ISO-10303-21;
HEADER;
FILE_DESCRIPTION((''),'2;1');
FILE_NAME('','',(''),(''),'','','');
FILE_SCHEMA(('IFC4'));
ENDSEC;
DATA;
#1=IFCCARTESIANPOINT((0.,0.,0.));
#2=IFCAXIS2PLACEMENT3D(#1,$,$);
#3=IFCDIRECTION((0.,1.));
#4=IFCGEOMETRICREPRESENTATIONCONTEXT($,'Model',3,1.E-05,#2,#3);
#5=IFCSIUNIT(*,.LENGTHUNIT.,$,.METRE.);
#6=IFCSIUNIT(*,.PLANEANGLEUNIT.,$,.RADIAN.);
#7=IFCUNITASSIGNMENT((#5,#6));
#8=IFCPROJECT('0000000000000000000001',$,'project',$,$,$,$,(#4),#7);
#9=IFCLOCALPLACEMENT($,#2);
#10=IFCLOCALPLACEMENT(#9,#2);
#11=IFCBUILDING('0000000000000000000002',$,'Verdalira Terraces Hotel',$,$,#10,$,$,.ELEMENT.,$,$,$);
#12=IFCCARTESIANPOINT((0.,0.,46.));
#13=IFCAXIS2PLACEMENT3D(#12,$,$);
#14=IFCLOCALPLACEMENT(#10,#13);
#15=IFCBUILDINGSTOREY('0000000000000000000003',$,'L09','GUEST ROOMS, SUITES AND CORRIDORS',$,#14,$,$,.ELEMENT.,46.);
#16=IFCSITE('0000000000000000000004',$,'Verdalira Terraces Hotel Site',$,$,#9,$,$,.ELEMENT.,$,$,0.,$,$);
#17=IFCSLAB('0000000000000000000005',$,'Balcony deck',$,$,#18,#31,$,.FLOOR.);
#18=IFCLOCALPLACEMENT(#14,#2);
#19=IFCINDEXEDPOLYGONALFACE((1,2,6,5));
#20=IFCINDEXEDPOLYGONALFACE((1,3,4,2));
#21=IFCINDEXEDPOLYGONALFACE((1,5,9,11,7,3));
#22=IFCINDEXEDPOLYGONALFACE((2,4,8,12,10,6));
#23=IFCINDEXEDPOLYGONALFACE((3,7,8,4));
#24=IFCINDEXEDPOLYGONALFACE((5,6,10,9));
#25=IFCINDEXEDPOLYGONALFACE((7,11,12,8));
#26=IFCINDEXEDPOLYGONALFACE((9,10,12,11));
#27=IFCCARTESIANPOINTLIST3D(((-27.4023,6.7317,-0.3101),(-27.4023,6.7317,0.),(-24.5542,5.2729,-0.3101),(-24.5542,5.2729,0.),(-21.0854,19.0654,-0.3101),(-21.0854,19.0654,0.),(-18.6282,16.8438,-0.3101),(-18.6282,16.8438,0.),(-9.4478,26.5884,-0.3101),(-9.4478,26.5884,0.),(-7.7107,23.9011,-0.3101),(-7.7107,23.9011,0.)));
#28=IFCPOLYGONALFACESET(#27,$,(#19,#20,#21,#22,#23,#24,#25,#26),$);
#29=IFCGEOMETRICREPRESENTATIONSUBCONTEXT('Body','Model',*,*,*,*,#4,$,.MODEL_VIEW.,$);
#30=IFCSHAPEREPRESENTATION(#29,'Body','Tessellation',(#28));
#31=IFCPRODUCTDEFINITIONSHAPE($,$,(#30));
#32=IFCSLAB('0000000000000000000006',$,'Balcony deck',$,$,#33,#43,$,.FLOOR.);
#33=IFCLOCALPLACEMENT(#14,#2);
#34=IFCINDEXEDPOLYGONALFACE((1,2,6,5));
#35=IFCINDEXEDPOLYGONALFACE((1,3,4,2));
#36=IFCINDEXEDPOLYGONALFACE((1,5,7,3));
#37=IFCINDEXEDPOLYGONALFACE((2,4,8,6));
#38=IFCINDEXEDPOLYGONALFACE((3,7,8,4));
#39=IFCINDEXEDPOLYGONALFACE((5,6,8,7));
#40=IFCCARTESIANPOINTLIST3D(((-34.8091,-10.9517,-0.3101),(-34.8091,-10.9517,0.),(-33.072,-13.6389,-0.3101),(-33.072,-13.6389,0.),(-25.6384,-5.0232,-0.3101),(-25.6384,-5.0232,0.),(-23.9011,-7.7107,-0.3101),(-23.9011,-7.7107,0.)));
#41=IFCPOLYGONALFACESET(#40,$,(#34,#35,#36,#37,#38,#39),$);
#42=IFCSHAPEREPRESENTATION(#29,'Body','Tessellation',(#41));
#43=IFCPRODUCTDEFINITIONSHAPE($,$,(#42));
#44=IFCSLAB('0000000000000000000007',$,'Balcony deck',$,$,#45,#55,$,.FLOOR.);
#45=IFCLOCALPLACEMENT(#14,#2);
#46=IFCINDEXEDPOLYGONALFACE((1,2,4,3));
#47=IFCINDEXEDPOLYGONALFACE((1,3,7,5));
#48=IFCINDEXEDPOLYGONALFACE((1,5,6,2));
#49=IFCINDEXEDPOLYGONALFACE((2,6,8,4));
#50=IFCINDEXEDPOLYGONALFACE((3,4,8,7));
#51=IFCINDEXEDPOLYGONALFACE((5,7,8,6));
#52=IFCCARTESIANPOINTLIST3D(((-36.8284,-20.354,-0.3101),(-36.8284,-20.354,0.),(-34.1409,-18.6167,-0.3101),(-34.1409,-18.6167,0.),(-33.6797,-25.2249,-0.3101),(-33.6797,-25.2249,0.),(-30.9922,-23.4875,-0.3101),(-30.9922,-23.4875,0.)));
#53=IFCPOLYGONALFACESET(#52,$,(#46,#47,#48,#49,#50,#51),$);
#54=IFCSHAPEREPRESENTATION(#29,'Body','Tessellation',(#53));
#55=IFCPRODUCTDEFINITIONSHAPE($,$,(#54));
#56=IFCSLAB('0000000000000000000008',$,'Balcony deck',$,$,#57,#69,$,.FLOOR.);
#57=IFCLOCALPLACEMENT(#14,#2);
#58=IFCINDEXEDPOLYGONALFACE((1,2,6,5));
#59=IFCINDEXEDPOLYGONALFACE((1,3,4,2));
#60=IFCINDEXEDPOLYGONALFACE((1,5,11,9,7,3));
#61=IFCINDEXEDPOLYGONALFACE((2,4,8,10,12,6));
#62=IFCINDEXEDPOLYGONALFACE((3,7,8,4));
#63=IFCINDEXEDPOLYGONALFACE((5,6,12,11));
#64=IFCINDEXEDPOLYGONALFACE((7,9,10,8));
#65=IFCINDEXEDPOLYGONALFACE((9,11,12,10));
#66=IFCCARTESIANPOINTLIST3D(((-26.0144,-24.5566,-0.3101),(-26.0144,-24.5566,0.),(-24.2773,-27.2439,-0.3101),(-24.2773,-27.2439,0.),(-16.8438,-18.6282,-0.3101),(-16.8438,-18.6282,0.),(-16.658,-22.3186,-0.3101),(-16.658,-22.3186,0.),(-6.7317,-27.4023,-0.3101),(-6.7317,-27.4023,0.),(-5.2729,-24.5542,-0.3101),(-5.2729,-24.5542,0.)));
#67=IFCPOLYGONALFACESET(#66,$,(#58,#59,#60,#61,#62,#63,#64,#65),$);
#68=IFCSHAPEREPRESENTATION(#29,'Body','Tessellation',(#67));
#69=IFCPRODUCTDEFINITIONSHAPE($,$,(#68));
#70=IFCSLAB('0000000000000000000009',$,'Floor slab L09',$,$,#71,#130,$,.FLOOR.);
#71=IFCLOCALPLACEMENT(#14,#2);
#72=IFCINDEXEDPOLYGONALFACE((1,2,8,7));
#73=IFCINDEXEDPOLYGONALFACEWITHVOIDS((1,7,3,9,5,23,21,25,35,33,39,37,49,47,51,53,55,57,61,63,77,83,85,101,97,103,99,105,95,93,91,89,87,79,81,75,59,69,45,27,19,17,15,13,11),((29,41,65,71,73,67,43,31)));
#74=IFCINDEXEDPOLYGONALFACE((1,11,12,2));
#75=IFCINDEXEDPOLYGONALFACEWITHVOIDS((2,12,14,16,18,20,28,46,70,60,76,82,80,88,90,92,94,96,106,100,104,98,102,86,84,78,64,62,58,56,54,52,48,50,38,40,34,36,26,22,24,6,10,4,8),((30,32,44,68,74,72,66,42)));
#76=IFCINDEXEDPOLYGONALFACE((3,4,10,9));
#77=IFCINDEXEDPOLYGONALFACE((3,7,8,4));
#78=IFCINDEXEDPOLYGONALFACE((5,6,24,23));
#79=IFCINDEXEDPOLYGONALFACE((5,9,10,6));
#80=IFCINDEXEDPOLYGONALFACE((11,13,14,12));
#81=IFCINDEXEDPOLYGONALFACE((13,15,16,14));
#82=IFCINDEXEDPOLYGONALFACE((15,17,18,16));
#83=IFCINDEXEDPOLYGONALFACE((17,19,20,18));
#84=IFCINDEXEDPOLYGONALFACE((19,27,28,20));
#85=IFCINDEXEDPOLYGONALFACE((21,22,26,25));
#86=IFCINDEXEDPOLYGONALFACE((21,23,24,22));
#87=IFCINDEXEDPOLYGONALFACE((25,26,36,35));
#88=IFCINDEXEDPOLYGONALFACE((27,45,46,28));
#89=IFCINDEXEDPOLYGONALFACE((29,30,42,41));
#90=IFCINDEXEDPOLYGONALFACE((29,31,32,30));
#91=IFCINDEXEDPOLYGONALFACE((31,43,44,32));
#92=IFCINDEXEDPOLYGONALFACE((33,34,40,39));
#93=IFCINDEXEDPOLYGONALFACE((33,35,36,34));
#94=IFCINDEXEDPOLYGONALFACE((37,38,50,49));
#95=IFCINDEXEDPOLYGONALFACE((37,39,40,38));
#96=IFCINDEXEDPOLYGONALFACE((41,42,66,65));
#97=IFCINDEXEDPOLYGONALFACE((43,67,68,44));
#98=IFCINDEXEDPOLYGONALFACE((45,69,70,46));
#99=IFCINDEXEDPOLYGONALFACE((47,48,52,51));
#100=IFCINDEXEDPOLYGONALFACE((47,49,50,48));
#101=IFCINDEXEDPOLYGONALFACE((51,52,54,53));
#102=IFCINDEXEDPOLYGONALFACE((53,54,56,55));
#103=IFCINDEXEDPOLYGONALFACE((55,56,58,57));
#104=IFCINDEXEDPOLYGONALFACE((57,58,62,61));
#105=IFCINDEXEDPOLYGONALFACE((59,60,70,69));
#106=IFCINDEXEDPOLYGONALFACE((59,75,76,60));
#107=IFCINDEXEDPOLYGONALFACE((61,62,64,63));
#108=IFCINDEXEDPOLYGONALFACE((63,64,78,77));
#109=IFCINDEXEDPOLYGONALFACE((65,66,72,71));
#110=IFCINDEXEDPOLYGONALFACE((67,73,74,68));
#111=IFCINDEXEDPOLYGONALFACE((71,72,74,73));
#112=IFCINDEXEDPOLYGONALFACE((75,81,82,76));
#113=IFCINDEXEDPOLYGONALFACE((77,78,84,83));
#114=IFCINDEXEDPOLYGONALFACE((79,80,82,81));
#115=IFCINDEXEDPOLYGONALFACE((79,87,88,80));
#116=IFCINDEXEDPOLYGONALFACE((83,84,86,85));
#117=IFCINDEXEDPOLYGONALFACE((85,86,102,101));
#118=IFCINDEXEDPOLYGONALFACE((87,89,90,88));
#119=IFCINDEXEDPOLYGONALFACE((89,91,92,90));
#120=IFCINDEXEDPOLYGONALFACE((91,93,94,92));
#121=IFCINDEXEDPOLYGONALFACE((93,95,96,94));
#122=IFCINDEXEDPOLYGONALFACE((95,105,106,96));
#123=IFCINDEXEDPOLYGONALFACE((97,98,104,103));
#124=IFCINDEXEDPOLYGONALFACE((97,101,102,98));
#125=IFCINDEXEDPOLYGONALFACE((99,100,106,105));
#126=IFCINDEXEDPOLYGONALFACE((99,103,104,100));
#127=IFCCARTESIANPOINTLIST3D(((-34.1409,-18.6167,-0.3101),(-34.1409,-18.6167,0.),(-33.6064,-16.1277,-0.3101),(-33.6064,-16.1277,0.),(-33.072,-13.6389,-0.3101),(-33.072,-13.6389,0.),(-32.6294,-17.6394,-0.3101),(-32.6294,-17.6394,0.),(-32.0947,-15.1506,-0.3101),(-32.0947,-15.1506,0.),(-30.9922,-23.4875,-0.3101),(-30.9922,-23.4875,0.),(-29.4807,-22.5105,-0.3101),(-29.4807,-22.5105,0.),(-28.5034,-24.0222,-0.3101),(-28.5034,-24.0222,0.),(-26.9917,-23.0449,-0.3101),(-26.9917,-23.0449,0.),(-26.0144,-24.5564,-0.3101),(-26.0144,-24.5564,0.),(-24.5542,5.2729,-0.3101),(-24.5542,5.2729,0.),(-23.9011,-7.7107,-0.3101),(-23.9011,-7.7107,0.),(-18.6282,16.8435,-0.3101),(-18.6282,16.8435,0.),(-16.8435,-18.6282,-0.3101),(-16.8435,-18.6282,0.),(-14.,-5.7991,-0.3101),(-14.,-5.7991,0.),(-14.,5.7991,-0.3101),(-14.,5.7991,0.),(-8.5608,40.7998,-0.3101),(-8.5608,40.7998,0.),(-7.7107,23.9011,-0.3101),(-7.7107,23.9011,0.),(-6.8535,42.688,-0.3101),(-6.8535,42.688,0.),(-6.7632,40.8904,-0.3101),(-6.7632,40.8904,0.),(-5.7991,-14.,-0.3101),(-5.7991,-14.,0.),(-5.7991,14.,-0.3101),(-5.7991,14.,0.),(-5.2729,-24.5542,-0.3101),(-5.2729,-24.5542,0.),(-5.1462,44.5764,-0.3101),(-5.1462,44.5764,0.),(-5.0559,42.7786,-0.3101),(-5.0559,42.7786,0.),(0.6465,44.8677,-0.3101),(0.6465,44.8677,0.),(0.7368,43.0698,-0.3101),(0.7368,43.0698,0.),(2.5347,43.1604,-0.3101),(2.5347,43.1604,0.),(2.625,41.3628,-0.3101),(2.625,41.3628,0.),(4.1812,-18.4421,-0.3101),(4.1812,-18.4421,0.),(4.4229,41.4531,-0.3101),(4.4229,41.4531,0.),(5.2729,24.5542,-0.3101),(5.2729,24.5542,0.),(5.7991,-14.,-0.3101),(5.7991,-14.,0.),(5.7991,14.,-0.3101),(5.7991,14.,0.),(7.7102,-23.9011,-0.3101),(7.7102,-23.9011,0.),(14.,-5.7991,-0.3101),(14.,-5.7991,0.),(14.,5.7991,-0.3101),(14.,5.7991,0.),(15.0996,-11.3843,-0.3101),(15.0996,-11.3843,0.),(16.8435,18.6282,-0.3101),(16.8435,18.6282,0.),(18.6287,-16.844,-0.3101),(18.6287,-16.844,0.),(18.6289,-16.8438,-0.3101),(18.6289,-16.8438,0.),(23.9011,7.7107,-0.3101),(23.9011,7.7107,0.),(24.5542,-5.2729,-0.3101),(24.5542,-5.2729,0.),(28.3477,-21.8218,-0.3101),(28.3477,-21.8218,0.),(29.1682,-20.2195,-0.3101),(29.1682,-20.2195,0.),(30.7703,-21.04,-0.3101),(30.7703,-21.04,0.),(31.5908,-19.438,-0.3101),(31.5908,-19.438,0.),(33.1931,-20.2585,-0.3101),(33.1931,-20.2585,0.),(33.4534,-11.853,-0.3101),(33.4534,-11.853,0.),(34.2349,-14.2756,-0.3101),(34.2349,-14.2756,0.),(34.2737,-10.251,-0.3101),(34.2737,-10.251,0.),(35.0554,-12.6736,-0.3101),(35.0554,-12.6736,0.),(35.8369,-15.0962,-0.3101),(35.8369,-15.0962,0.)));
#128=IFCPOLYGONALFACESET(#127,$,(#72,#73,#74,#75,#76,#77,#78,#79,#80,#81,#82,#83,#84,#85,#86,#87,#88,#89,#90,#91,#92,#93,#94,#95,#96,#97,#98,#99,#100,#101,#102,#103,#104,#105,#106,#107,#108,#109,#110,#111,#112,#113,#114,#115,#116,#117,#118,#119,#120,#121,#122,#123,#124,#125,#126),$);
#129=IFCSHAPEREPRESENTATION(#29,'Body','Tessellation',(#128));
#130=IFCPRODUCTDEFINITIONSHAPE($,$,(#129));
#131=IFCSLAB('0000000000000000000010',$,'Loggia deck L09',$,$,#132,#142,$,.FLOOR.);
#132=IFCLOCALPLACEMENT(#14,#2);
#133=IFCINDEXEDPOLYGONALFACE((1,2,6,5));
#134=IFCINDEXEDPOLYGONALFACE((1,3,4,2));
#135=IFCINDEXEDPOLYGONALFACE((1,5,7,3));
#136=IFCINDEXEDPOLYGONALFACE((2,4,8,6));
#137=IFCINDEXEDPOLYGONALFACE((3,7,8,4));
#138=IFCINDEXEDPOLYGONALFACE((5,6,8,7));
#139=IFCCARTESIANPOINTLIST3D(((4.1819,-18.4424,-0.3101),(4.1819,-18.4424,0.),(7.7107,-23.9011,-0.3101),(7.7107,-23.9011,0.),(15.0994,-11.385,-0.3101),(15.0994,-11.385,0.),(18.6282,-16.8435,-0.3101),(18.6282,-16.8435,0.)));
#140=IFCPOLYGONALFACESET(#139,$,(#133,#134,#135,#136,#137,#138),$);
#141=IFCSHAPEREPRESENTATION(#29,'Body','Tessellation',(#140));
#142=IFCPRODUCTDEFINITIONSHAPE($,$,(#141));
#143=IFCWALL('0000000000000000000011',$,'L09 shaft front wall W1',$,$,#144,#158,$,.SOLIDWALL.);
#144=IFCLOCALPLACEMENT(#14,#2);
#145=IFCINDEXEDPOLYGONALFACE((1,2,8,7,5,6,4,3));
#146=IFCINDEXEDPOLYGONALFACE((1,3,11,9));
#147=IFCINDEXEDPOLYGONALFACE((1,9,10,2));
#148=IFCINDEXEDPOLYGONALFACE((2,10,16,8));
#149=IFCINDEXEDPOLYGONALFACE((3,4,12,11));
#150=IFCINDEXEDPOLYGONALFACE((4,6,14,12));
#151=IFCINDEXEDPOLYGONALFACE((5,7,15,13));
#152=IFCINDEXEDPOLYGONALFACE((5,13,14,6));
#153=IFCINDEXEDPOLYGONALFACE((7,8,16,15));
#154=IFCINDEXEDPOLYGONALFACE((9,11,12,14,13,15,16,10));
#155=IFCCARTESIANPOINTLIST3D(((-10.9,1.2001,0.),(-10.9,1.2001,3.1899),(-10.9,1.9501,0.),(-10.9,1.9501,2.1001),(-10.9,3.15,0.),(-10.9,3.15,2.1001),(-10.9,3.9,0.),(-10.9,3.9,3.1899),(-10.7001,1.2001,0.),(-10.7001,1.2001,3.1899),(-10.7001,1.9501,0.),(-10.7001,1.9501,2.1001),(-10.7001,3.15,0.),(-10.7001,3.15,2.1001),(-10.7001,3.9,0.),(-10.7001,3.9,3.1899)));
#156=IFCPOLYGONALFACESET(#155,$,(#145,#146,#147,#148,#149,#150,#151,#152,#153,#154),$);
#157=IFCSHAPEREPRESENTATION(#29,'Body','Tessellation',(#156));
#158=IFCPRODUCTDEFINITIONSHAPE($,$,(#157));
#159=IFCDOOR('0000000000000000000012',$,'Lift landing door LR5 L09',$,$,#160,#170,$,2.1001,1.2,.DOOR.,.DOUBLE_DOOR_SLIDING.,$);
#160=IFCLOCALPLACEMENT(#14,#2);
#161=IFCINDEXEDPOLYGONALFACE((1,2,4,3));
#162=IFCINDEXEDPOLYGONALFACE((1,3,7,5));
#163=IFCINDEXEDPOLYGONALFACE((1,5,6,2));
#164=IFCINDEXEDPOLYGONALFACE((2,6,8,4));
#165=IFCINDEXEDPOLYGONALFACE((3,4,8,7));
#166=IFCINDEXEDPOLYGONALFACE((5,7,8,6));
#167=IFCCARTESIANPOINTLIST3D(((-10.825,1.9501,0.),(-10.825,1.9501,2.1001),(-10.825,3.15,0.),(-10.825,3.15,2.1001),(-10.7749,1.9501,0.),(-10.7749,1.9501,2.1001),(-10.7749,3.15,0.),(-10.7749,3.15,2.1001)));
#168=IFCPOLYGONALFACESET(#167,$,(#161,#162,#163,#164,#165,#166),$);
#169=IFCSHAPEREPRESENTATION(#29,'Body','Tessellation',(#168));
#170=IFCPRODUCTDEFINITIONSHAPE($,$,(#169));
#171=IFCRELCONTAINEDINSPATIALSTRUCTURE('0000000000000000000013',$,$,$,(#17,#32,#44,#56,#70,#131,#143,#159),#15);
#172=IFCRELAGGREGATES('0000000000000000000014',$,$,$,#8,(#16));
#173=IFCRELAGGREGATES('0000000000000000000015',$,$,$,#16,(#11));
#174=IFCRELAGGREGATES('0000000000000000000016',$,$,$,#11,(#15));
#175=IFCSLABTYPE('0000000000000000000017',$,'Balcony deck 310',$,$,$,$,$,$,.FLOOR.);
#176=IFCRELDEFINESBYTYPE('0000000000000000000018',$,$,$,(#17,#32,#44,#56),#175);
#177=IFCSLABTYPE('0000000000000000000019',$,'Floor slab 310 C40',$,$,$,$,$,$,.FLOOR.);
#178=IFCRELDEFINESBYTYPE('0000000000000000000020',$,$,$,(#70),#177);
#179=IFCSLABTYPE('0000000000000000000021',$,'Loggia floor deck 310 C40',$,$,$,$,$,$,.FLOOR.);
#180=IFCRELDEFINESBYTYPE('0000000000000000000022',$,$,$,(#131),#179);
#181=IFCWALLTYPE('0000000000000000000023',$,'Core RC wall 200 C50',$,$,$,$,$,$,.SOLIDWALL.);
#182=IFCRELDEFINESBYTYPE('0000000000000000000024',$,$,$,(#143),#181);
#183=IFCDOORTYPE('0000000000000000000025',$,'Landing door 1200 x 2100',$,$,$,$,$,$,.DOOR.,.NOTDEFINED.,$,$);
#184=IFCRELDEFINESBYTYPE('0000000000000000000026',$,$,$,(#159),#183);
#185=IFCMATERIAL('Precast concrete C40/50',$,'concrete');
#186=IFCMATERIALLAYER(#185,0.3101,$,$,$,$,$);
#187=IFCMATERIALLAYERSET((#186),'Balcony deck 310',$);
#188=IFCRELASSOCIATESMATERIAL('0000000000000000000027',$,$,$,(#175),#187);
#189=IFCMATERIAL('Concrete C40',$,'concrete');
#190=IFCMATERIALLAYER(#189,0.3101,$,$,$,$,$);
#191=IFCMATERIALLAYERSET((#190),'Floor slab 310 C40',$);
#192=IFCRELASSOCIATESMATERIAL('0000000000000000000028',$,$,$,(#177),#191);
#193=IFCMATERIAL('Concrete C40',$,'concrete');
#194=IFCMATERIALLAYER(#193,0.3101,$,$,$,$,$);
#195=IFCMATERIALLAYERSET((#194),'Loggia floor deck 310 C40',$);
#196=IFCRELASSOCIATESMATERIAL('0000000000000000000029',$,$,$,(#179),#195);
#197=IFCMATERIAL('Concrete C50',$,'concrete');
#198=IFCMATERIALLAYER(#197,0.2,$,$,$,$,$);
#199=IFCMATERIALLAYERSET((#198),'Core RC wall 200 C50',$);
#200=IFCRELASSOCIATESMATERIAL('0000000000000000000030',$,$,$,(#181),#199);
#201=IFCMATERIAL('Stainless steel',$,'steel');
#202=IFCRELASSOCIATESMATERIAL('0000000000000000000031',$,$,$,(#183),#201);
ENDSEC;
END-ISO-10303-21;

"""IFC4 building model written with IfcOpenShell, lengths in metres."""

from ifc_helpers import new_model, si_unit, direction, frame, frame_2d, origin, place, context, subcontext, project, spatial, polyline, rectangle, outline, extrude, material, layer, layer_set, type_object, element, fill, save


model = new_model("IFC4")

# Units and contexts
model_context = context("Model", 3, precision=1e-05, world=origin(), true_north=direction((0.0, 1.0)))
body_context = subcontext(model_context, "Body", "Model", "MODEL_VIEW")
ifc_project = project(units=[si_unit("LENGTHUNIT", "METRE"), si_unit("PLANEANGLEUNIT", "RADIAN")], contexts=[model_context])

# Site, building, storey
site_placement = place(None, origin())
site = spatial("IfcSite", under=ifc_project, at=site_placement, Name="Verdalira Terraces Hotel Site", CompositionType="ELEMENT", RefElevation=0.0)
building_placement = place(site_placement, origin())
building = spatial("IfcBuilding", under=site, at=building_placement, Name="Verdalira Terraces Hotel", CompositionType="ELEMENT")
storey_placement = place(building_placement, frame((0.0, 0.0, 46.0)))
storey = spatial("IfcBuildingStorey", under=building, at=storey_placement, Name="L09", Description="GUEST ROOMS, SUITES AND CORRIDORS", CompositionType="ELEMENT", Elevation=46.0)

# Slabs
ifc_material_1 = material(Name="Precast concrete C40/50", Category="concrete")
ifc_layer_1 = layer(ifc_material_1, 0.3101)
ifc_layer_set_1 = layer_set([ifc_layer_1], Name="Balcony deck 310")
slab_type_1 = type_object("IfcSlabType", Name="Balcony deck 310", PredefinedType="FLOOR", material=ifc_layer_set_1)
slab_1_placement = place(storey_placement, frame((0.0, 0.0, -0.3101)))
element("IfcSlab", 1, at=slab_1_placement, inside=storey, type_object=slab_type_1, Name="Balcony deck", PredefinedType="FLOOR", context=body_context, shape_type="SweptSolid", body=[
    extrude(outline(polyline([(-21.0854, 19.0654), (-27.4023, 6.7317), (-24.5542, 5.2729), (-18.6282, 16.8438), (-7.7107, 23.9011), (-9.4478, 26.5884), (-21.0854, 19.0654)])), origin(), (0.0, 0.0, 1.0), 0.3101),
])
slab_2_placement = place(storey_placement, frame((0.0, 0.0, -0.3101)))
element("IfcSlab", 2, at=slab_2_placement, inside=storey, type_object=slab_type_1, Name="Balcony deck", PredefinedType="FLOOR", context=body_context, shape_type="SweptSolid", body=[
    extrude(outline(polyline([(-34.8091, -10.9517), (-33.072, -13.6389), (-23.9011, -7.7107), (-25.6384, -5.0232), (-34.8091, -10.9517)])), origin(), (0.0, 0.0, 1.0), 0.3101),
])
slab_3_placement = place(storey_placement, frame((0.0, 0.0, -0.3101)))
element("IfcSlab", 3, at=slab_3_placement, inside=storey, type_object=slab_type_1, Name="Balcony deck", PredefinedType="FLOOR", context=body_context, shape_type="SweptSolid", body=[
    extrude(outline(polyline([(-33.6797, -25.2249), (-30.9922, -23.4875), (-34.1409, -18.6167), (-36.8284, -20.354), (-33.6797, -25.2249)])), origin(), (0.0, 0.0, 1.0), 0.3101),
])
slab_4_placement = place(storey_placement, frame((0.0, 0.0, -0.3101)))
element("IfcSlab", 4, at=slab_4_placement, inside=storey, type_object=slab_type_1, Name="Balcony deck", PredefinedType="FLOOR", context=body_context, shape_type="SweptSolid", body=[
    extrude(outline(polyline([(-16.658, -22.3186), (-6.7317, -27.4023), (-5.2729, -24.5542), (-16.8438, -18.6282), (-26.0144, -24.5566), (-24.2773, -27.2439), (-16.658, -22.3186)])), origin(), (0.0, 0.0, 1.0), 0.3101),
])
ifc_material_2 = material(Name="Concrete C40", Category="concrete")
ifc_layer_2 = layer(ifc_material_2, 0.3101)
ifc_layer_set_2 = layer_set([ifc_layer_2], Name="Floor slab 310 C40")
slab_type_2 = type_object("IfcSlabType", Name="Floor slab 310 C40", PredefinedType="FLOOR", material=ifc_layer_set_2)
slab_5_placement = place(storey_placement, frame((0.0, 0.0, -0.3101)))
element("IfcSlab", 5, at=slab_5_placement, inside=storey, type_object=slab_type_2, Name="Floor slab L09", PredefinedType="FLOOR", context=body_context, shape_type="SweptSolid", body=[
    extrude(outline(polyline([(-16.8435, -18.6282), (-5.2729, -24.5542), (7.7102, -23.9011), (4.1812, -18.4421), (15.0996, -11.3843), (18.6289, -16.8438), (18.6287, -16.844), (28.3477, -21.8218), (29.1682, -20.2195), (30.7703, -21.04), (31.5908, -19.438), (33.1931, -20.2585), (35.8369, -15.0962), (34.2349, -14.2756), (35.0554, -12.6736), (33.4534, -11.853), (34.2737, -10.251), (24.5542, -5.2729), (23.9011, 7.7107), (16.8435, 18.6282), (5.2729, 24.5542), (4.4229, 41.4531), (2.625, 41.3628), (2.5347, 43.1604), (0.7368, 43.0698), (0.6465, 44.8677), (-5.1462, 44.5764), (-5.0559, 42.7786), (-6.8535, 42.688), (-6.7632, 40.8904), (-8.5608, 40.7998), (-7.7107, 23.9011), (-18.6282, 16.8435), (-24.5542, 5.2729), (-23.9011, -7.7107), (-33.072, -13.6389), (-32.0947, -15.1506), (-33.6064, -16.1277), (-32.6294, -17.6394), (-34.1409, -18.6167), (-30.9922, -23.4875), (-29.4807, -22.5105), (-28.5034, -24.0222), (-26.9917, -23.0449), (-26.0144, -24.5564), (-16.8435, -18.6282)]), holes=[polyline([(5.7991, 14.0), (14.0, 5.7991), (14.0, -5.7991), (5.7991, -14.0), (-5.7991, -14.0), (-14.0, -5.7991), (-14.0, 5.7991), (-5.7991, 14.0), (5.7991, 14.0)])]), origin(), (0.0, 0.0, 1.0), 0.3101),
])
ifc_material_3 = material(Name="Concrete C40", Category="concrete")
ifc_layer_3 = layer(ifc_material_3, 0.3101)
ifc_layer_set_3 = layer_set([ifc_layer_3], Name="Loggia floor deck 310 C40")
slab_type_3 = type_object("IfcSlabType", Name="Loggia floor deck 310 C40", PredefinedType="FLOOR", material=ifc_layer_set_3)
slab_6_placement = place(storey_placement, frame((0.0, 0.0, -0.3101)))
element("IfcSlab", 6, at=slab_6_placement, inside=storey, type_object=slab_type_3, Name="Loggia deck L09", PredefinedType="FLOOR", context=body_context, shape_type="SweptSolid", body=[
    extrude(outline(polyline([(4.1819, -18.4424), (7.7107, -23.9011), (18.6282, -16.8435), (15.0994, -11.385), (4.1819, -18.4424)])), origin(), (0.0, 0.0, 1.0), 0.3101),
])

# Wall, opening, door
ifc_material_4 = material(Name="Concrete C50", Category="concrete")
ifc_layer_4 = layer(ifc_material_4, 0.2)
ifc_layer_set_4 = layer_set([ifc_layer_4], Name="Core RC wall 200 C50")
wall_type_1 = type_object("IfcWallType", Name="Core RC wall 200 C50", PredefinedType="SOLIDWALL", material=ifc_layer_set_4)
wall_1_placement = place(storey_placement, frame((-10.8, 1.2, 0.0), z_axis=(0.0, 0.0, 1.0), x_axis=(0.0, 1.0, 0.0)))
wall_1 = element("IfcWall", 7, at=wall_1_placement, inside=storey, type_object=wall_type_1, Name="L09 shaft front wall W1", PredefinedType="SOLIDWALL", context=body_context, shape_type="SweptSolid", body=[
    extrude(rectangle(XDim=2.7, YDim=0.2, at=frame_2d((1.3501, 0.0))), origin(), (0.0, 0.0, 1.0), 3.1899),
])
opening_1_placement = place(wall_1_placement, frame((0.75, 0.0, 0.0)))
opening_1 = element("IfcOpeningElement", 8, at=opening_1_placement, cuts=wall_1, PredefinedType="OPENING", context=body_context, shape_type="SweptSolid", body=[
    extrude(rectangle(XDim=1.2, YDim=2.1001, at=frame_2d((0.6001, 1.05))), frame((0.0, 0.1099, 0.0), z_axis=(0.0, -1.0, 0.0), x_axis=(1.0, 0.0, 0.0)), (0.0, 0.0, 1.0), 0.22),
])
ifc_material_5 = material(Name="Stainless steel", Category="steel")
door_type_1 = type_object("IfcDoorType", Name="Landing door 1200 x 2100", OperationType="NOTDEFINED", PredefinedType="DOOR", material=ifc_material_5)
door_1_placement = place(opening_1_placement, origin())
door_1 = element("IfcDoor", 9, at=door_1_placement, inside=storey, type_object=door_type_1, Name="Lift landing door LR5 L09", OperationType="DOUBLE_DOOR_SLIDING", OverallHeight=2.1001, OverallWidth=1.2, PredefinedType="DOOR", context=body_context, shape_type="SweptSolid", body=[
    extrude(rectangle(XDim=1.2, YDim=2.1001, at=frame_2d((0.6001, 1.05))), frame((0.0, 0.0249, 0.0), z_axis=(0.0, -1.0, 0.0), x_axis=(1.0, 0.0, 0.0)), (0.0, 0.0, 1.0), 0.05),
])
fill(opening_1, door_1)

save(model, "model.ifc")
